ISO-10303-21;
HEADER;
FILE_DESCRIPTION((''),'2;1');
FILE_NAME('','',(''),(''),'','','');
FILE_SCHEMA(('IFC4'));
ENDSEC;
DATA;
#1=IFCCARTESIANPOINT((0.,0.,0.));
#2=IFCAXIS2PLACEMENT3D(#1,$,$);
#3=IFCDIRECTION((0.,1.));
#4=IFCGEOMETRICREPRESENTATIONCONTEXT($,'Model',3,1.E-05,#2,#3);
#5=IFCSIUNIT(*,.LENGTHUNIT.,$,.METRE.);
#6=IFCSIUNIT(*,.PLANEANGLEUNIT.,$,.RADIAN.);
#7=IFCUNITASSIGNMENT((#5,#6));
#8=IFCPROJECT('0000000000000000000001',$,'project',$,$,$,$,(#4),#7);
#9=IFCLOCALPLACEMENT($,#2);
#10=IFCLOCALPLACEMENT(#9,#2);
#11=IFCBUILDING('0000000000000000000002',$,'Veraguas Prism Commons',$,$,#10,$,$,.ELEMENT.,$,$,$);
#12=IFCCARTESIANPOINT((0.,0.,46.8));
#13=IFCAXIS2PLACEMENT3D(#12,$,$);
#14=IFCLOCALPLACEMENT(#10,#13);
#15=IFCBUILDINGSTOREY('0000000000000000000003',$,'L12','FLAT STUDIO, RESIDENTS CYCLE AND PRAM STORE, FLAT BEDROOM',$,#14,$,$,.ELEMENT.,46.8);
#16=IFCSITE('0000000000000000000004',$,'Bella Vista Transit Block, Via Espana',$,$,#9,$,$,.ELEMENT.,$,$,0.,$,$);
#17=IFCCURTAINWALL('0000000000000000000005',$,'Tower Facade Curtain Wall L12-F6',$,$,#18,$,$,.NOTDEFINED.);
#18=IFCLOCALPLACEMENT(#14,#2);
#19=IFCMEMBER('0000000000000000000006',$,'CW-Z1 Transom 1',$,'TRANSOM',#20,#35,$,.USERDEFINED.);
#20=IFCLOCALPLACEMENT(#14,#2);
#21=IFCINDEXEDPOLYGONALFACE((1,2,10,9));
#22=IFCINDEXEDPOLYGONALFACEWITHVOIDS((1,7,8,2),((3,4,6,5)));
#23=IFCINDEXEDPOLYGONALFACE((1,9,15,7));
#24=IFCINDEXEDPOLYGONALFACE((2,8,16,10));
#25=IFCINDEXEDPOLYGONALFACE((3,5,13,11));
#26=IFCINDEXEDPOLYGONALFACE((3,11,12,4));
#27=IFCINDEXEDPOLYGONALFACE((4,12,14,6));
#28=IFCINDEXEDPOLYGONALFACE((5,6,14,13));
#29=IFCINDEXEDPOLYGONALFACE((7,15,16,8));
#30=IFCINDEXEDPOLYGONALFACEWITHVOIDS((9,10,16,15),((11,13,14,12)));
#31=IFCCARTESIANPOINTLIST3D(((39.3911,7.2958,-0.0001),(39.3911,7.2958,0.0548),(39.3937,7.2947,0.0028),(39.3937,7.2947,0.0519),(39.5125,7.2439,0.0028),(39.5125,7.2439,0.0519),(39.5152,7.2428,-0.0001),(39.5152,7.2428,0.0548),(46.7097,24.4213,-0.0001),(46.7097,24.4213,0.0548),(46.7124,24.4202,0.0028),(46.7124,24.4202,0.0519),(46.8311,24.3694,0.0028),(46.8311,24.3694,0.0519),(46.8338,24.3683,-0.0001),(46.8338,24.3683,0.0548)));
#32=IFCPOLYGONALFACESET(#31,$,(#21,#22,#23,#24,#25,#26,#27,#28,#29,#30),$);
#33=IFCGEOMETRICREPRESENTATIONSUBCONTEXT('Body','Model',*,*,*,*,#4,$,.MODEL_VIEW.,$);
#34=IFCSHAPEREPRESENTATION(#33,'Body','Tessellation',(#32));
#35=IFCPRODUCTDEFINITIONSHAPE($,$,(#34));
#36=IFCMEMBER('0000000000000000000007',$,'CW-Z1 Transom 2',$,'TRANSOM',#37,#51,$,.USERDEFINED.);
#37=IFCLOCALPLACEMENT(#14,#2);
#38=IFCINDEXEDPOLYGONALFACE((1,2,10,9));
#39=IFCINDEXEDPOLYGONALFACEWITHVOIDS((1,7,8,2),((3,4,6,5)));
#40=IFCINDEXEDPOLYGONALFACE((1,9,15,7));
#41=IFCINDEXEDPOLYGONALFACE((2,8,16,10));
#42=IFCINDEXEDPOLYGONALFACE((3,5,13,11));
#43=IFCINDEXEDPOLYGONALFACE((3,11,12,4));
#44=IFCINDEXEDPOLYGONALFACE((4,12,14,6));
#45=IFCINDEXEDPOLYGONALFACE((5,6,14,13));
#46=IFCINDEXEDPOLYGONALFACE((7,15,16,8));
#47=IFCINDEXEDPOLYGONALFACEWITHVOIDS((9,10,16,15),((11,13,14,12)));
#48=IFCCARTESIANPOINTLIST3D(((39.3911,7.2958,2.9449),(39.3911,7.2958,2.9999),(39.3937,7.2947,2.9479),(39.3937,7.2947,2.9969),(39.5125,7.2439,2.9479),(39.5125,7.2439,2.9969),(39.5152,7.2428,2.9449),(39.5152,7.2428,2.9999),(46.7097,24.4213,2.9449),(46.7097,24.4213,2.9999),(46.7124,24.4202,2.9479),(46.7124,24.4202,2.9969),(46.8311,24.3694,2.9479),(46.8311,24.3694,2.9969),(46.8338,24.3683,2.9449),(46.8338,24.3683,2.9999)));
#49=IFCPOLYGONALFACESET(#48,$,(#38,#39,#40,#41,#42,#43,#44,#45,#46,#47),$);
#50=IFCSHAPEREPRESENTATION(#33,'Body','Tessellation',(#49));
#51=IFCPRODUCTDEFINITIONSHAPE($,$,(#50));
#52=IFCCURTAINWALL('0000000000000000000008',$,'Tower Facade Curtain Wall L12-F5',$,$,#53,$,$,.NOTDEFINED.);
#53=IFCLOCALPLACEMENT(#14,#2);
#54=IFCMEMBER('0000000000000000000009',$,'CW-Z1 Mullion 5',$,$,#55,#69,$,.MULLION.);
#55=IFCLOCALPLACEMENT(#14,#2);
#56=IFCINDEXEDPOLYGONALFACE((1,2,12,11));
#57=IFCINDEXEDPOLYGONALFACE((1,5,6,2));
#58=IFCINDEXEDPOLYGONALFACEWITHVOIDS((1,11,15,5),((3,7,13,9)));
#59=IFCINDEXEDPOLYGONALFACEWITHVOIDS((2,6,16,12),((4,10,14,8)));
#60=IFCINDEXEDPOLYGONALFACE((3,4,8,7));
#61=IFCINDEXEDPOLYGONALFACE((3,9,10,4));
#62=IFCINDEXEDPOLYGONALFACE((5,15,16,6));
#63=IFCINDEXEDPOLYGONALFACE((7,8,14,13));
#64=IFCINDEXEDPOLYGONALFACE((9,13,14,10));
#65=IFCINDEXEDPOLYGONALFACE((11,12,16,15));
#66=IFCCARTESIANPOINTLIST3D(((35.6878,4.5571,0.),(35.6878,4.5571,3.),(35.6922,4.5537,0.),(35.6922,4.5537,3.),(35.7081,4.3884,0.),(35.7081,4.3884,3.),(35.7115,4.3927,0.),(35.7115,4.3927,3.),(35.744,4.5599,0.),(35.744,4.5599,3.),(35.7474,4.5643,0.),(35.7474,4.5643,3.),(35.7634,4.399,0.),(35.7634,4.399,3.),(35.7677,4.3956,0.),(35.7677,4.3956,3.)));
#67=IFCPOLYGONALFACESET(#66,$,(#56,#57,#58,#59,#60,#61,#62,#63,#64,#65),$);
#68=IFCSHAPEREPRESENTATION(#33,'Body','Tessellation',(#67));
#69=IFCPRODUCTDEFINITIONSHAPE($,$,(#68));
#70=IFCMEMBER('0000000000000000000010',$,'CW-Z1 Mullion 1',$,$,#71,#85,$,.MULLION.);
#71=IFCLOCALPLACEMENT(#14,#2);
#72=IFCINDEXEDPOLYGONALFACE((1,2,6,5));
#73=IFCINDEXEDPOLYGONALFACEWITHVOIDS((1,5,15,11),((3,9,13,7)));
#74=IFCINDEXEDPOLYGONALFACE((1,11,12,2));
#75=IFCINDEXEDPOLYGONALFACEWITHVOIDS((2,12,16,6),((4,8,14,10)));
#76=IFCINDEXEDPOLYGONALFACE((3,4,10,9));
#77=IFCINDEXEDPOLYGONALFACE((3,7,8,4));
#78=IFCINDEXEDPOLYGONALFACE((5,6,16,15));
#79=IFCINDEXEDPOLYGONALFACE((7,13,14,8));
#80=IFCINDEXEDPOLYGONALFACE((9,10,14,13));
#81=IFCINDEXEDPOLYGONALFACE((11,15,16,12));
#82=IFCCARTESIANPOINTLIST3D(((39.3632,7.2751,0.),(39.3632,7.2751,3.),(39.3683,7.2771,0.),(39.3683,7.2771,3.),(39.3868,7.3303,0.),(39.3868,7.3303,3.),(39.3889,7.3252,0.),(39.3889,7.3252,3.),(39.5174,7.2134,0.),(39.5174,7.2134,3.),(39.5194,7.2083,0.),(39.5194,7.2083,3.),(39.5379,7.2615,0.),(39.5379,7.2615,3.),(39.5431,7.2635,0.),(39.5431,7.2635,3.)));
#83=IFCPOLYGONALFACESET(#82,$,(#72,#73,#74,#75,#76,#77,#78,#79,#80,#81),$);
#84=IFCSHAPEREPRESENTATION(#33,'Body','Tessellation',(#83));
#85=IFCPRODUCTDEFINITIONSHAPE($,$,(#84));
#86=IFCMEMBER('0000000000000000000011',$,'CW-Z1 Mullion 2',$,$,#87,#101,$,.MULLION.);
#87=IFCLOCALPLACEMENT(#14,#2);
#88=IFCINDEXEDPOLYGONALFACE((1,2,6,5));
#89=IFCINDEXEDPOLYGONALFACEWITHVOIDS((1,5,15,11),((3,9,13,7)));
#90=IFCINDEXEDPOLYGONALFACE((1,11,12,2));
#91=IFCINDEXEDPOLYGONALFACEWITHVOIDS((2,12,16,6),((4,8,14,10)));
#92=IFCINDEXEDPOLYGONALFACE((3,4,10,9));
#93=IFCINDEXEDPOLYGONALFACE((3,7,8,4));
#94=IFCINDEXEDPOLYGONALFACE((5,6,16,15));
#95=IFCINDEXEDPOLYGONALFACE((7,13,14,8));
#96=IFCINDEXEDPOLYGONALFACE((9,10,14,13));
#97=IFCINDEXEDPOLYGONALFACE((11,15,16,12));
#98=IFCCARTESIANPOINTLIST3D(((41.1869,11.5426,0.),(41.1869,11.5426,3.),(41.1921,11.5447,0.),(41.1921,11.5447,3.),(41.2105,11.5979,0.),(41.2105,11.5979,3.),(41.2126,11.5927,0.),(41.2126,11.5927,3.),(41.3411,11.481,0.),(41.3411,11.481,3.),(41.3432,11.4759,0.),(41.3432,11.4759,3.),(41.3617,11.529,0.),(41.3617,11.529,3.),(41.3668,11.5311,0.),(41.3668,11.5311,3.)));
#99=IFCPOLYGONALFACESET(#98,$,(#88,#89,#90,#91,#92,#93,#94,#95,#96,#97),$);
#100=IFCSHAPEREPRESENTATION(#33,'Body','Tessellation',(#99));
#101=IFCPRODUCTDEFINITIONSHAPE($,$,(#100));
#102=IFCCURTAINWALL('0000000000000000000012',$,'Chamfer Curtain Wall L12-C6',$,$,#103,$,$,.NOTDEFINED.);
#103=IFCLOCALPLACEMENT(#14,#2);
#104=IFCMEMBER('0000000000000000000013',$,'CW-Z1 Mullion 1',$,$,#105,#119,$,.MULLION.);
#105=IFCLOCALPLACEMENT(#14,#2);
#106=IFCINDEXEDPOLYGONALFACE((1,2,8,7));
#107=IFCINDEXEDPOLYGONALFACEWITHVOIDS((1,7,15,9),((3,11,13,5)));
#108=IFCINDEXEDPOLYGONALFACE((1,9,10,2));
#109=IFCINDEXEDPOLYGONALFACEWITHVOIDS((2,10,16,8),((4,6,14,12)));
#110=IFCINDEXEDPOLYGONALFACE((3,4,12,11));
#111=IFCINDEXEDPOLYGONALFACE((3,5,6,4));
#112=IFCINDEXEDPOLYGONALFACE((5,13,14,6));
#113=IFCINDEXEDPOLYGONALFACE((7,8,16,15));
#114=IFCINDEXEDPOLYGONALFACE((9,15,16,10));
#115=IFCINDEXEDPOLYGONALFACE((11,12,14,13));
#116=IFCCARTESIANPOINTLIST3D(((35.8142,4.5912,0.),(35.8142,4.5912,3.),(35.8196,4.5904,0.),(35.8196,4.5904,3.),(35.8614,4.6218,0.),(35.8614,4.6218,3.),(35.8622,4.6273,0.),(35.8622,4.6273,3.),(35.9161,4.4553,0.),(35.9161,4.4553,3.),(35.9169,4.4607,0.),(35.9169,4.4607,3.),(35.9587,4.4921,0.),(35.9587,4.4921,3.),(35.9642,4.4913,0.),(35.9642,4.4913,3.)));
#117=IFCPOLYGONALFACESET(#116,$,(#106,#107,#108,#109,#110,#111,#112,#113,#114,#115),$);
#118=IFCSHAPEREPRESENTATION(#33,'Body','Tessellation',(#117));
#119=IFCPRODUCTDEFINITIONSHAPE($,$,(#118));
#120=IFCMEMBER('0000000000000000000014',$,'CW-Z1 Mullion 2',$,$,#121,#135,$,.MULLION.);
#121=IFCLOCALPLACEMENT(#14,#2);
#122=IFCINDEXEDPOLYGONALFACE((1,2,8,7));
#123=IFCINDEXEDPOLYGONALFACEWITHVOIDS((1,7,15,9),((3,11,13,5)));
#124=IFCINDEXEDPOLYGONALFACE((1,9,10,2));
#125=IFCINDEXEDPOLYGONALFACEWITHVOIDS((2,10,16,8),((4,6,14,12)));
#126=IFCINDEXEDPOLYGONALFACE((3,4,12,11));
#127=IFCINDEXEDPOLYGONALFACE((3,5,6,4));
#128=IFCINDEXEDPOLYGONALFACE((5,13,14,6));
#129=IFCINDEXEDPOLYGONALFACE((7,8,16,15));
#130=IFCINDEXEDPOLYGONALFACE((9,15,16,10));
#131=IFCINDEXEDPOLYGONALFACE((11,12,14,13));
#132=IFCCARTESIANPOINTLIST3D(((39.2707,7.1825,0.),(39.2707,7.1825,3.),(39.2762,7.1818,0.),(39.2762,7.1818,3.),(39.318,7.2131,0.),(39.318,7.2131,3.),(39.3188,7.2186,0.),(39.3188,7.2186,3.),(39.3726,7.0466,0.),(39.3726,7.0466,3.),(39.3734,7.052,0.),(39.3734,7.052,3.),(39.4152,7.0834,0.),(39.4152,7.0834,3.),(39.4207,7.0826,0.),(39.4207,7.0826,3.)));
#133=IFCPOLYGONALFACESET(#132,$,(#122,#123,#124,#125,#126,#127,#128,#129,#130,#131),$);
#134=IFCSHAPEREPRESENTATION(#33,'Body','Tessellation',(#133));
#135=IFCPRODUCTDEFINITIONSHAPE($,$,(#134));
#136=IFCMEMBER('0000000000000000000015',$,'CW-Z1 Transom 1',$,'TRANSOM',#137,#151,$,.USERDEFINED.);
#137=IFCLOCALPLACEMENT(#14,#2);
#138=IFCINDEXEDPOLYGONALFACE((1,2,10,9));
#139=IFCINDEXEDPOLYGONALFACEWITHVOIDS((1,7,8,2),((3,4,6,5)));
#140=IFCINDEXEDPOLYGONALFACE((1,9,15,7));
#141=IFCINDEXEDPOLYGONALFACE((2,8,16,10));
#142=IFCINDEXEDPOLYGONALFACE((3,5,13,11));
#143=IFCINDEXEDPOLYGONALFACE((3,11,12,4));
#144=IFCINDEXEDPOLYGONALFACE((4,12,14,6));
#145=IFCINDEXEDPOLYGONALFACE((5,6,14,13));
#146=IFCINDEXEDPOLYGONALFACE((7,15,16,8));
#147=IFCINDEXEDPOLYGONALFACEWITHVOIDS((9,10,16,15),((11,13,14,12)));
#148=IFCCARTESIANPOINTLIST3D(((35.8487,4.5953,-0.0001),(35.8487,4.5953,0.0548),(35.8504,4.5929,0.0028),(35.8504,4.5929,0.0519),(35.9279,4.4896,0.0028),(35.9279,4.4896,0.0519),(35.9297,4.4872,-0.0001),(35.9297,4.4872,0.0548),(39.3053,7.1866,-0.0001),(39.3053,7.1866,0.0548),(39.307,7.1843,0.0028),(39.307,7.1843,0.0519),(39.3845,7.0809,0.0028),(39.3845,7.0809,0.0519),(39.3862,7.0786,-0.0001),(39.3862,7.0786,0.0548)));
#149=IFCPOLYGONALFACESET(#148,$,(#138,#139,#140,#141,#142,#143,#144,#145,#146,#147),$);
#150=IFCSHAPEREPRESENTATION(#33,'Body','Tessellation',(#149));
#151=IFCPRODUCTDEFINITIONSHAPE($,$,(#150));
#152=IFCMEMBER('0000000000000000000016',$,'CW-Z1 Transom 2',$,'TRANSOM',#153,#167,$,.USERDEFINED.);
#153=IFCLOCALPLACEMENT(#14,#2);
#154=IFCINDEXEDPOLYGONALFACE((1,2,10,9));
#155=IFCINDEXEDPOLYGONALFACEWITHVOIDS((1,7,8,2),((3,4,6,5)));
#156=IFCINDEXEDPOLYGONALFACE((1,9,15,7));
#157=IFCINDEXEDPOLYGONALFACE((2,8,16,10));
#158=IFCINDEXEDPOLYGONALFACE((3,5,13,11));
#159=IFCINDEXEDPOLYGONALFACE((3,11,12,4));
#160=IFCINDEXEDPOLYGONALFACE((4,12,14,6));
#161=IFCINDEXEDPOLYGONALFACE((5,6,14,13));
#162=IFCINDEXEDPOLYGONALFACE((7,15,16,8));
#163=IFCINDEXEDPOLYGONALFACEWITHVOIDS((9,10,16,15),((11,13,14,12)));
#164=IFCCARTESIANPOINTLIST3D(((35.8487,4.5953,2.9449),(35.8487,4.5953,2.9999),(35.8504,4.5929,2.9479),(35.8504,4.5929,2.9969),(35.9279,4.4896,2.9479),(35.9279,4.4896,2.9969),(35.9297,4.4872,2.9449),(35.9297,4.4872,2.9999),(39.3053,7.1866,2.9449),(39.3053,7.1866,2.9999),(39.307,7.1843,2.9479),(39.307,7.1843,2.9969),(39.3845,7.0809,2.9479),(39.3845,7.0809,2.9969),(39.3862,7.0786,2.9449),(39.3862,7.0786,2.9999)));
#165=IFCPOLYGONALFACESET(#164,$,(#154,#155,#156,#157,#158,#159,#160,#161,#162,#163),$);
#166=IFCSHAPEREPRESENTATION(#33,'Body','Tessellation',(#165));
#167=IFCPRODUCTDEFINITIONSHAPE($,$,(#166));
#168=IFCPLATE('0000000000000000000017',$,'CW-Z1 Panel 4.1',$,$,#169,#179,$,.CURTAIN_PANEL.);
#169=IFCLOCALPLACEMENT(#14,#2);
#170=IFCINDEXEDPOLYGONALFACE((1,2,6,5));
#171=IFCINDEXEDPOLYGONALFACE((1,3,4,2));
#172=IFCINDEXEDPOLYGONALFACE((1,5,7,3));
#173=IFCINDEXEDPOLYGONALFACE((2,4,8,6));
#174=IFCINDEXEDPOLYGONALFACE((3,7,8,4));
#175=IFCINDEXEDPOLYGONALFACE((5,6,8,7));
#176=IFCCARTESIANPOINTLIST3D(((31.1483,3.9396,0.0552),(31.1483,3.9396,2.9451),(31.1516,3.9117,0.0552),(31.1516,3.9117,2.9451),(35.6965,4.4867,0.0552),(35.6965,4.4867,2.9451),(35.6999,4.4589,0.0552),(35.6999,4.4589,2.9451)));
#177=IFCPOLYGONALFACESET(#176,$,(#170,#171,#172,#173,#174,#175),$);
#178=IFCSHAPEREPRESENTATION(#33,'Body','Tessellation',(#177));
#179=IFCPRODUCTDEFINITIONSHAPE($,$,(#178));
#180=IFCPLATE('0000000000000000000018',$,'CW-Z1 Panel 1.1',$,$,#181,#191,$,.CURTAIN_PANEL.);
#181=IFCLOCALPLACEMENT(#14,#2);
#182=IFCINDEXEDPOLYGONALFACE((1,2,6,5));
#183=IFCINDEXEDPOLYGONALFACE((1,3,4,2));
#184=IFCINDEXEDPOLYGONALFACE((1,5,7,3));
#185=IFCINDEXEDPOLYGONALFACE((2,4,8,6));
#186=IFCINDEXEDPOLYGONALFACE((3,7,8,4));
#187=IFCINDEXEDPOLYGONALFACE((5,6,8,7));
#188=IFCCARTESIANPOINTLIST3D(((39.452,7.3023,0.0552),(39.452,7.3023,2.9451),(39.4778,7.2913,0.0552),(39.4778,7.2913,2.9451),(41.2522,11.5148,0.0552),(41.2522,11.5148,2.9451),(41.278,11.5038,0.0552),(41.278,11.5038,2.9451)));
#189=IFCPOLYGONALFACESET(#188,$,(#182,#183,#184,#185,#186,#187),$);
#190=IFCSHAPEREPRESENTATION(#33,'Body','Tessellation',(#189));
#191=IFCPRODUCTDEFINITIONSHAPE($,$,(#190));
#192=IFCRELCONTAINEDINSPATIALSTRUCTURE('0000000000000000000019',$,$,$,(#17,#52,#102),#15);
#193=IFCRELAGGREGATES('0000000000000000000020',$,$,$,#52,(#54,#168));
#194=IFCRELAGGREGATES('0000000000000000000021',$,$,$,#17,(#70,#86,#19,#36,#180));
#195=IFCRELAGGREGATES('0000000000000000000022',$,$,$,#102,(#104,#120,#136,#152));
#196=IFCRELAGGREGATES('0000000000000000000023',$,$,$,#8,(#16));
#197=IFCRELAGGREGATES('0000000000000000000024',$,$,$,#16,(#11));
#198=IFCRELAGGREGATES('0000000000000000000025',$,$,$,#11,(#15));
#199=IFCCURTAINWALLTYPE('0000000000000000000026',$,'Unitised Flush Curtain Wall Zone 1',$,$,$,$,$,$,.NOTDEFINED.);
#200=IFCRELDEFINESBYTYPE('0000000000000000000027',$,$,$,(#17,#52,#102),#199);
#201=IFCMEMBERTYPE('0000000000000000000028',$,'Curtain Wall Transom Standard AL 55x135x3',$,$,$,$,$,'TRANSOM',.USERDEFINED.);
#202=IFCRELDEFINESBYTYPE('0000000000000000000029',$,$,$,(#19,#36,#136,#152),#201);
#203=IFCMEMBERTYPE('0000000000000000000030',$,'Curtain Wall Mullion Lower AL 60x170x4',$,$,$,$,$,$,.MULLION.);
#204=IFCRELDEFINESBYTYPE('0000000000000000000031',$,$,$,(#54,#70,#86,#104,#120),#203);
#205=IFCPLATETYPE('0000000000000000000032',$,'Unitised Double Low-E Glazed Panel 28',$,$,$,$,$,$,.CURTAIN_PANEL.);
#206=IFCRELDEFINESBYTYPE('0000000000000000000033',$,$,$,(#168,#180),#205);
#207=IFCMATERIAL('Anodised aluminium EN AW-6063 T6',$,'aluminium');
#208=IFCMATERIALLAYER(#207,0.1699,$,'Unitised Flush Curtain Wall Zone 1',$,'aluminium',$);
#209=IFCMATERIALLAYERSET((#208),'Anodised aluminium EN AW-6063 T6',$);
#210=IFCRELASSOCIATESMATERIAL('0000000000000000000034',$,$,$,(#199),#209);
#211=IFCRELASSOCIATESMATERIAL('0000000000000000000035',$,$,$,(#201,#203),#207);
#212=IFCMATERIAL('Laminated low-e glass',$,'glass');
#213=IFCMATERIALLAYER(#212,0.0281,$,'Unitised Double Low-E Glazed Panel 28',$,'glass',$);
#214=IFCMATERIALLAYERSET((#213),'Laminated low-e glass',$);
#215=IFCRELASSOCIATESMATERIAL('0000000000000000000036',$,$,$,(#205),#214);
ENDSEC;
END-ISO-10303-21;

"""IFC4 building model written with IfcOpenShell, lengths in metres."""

from ifc_helpers import new_model, si_unit, direction, frame, origin, origin_2d, place, context, subcontext, project, spatial, rectangle, hollow_rectangle, extrude, source, transform, mapped, material, layer, layer_set, material_profile, profile_set, type_object, element, aggregate, save


model = new_model("IFC4")

# Units and contexts
model_context = context("Model", 3, precision=1e-05, world=origin(), true_north=direction((0.0, 1.0)))
body_context = subcontext(model_context, "Body", "Model", "MODEL_VIEW")
ifc_project = project(units=[si_unit("LENGTHUNIT", "METRE"), si_unit("PLANEANGLEUNIT", "RADIAN")], contexts=[model_context])

# Site, building, storey
site_placement = place(None, origin())
site = spatial("IfcSite", under=ifc_project, at=site_placement, Name="Bella Vista Transit Block, Via Espana", CompositionType="ELEMENT", RefElevation=0.0)
building_placement = place(site_placement, origin())
building = spatial("IfcBuilding", under=site, at=building_placement, Name="Veraguas Prism Commons", CompositionType="ELEMENT")
storey_placement = place(building_placement, frame((0.0, 0.0, 46.8)))
storey = spatial("IfcBuildingStorey", under=building, at=storey_placement, Name="L12", Description="FLAT STUDIO, RESIDENTS CYCLE AND PRAM STORE, FLAT BEDROOM", CompositionType="ELEMENT", Elevation=46.8)

# Curtain wall, members
ifc_material_1 = material(Name="Anodised aluminium EN AW-6063 T6", Category="aluminium")
ifc_layer_1 = layer(ifc_material_1, 0.1699, Name="Unitised Flush Curtain Wall Zone 1", Category="aluminium")
ifc_layer_set_1 = layer_set([ifc_layer_1], Name="Anodised aluminium EN AW-6063 T6")
curtain_wall_type = type_object("IfcCurtainWallType", Name="Unitised Flush Curtain Wall Zone 1", PredefinedType="NOTDEFINED", material=ifc_layer_set_1)
curtain_wall_1_placement = place(storey_placement, origin())
curtain_wall_1 = element("IfcCurtainWall", 1, at=curtain_wall_1_placement, inside=storey, type_object=curtain_wall_type, Name="Tower Facade Curtain Wall L12-F6", PredefinedType="NOTDEFINED")
ifc_material_profile_1 = material_profile(ifc_material_1, hollow_rectangle(XDim=0.0549, YDim=0.135, WallThickness=0.0029, at=origin_2d()), Name="AL55X135X3")
ifc_profile_set_1 = profile_set([ifc_material_profile_1], Name="Anodised aluminium EN AW-6063 T6")
member_type_1 = type_object("IfcMemberType", Name="Curtain Wall Transom Standard AL 55x135x3", ElementType="TRANSOM", PredefinedType="USERDEFINED", material=ifc_profile_set_1)
shared_shape_1 = source(origin(), body_context, "Body", "SweptSolid", [
    extrude(hollow_rectangle(XDim=0.0549, YDim=0.135, WallThickness=0.0029, at=origin_2d()), origin(), (0.0, 0.0, 1.0), 18.6238),
])
member_1_placement = place(storey_placement, frame((39.4531, 7.2693, 0.0273), z_axis=(0.392971, 0.919551, 0.0), x_axis=(0.0, 0.0, 1.0)))
member_1 = element("IfcMember", 2, at=member_1_placement, type_object=member_type_1, Name="CW-Z1 Transom 1", ObjectType="TRANSOM", PredefinedType="USERDEFINED", context=body_context, shape_type="MappedRepresentation", body=[
    mapped(shared_shape_1, transform((0.0, 0.0, 0.0), scale=1.0)),
])
member_2_placement = place(storey_placement, frame((39.4531, 7.2693, 2.9724), z_axis=(0.392971, 0.919551, 0.0), x_axis=(0.0, 0.0, 1.0)))
member_2 = element("IfcMember", 3, at=member_2_placement, type_object=member_type_1, Name="CW-Z1 Transom 2", ObjectType="TRANSOM", PredefinedType="USERDEFINED", context=body_context, shape_type="MappedRepresentation", body=[
    mapped(shared_shape_1, transform((0.0, 0.0, 0.0), scale=1.0)),
])

# Curtain wall, member
curtain_wall_2_placement = place(storey_placement, origin())
curtain_wall_2 = element("IfcCurtainWall", 4, at=curtain_wall_2_placement, inside=storey, type_object=curtain_wall_type, Name="Tower Facade Curtain Wall L12-F5", PredefinedType="NOTDEFINED")
ifc_material_profile_2 = material_profile(ifc_material_1, hollow_rectangle(XDim=0.0601, YDim=0.1699, WallThickness=0.0039, at=origin_2d()), Name="AL60X170X4")
ifc_profile_set_2 = profile_set([ifc_material_profile_2], Name="Anodised aluminium EN AW-6063 T6")
member_type_2 = type_object("IfcMemberType", Name="Curtain Wall Mullion Lower AL 60x170x4", PredefinedType="MULLION", material=ifc_profile_set_2)
shared_shape_2 = source(origin(), body_context, "Body", "SweptSolid", [
    extrude(hollow_rectangle(XDim=0.0601, YDim=0.1699, WallThickness=0.0039, at=origin_2d()), origin(), (0.0, 0.0, 1.0), 3.0),
])
member_3_placement = place(storey_placement, frame((35.7278, 4.4763, 0.0), z_axis=(0.0, 0.0, 1.0), x_axis=(0.992841, 0.11944, 0.0)))
member_3 = element("IfcMember", 5, at=member_3_placement, type_object=member_type_2, Name="CW-Z1 Mullion 5", PredefinedType="MULLION", context=body_context, shape_type="MappedRepresentation", body=[
    mapped(shared_shape_2, transform((0.0, 0.0, 0.0), scale=1.0)),
])

# Members
member_4_placement = place(storey_placement, frame((39.4531, 7.2693, 0.0), z_axis=(0.0, 0.0, 1.0), x_axis=(0.392978, 0.919548, 0.0)))
member_4 = element("IfcMember", 6, at=member_4_placement, type_object=member_type_2, Name="CW-Z1 Mullion 1", PredefinedType="MULLION", context=body_context, shape_type="MappedRepresentation", body=[
    mapped(shared_shape_2, transform((0.0, 0.0, 0.0), scale=1.0)),
])
member_5_placement = place(storey_placement, frame((41.2769, 11.5369, 0.0), z_axis=(0.0, 0.0, 1.0), x_axis=(0.392978, 0.919548, 0.0)))
member_5 = element("IfcMember", 7, at=member_5_placement, type_object=member_type_2, Name="CW-Z1 Mullion 2", PredefinedType="MULLION", context=body_context, shape_type="MappedRepresentation", body=[
    mapped(shared_shape_2, transform((0.0, 0.0, 0.0), scale=1.0)),
])

# Curtain wall, members
curtain_wall_3_placement = place(storey_placement, origin())
curtain_wall_3 = element("IfcCurtainWall", 8, at=curtain_wall_3_placement, inside=storey, type_object=curtain_wall_type, Name="Chamfer Curtain Wall L12-C6", PredefinedType="NOTDEFINED")
member_6_placement = place(storey_placement, frame((35.8892, 4.5413, 0.0), z_axis=(0.0, 0.0, 1.0), x_axis=(0.800107, 0.599858, 0.0)))
member_6 = element("IfcMember", 9, at=member_6_placement, type_object=member_type_2, Name="CW-Z1 Mullion 1", PredefinedType="MULLION", context=body_context, shape_type="MappedRepresentation", body=[
    mapped(shared_shape_2, transform((0.0, 0.0, 0.0), scale=1.0)),
])
member_7_placement = place(storey_placement, frame((39.3457, 7.1326, 0.0), z_axis=(0.0, 0.0, 1.0), x_axis=(0.800107, 0.599858, 0.0)))
member_7 = element("IfcMember", 10, at=member_7_placement, type_object=member_type_2, Name="CW-Z1 Mullion 2", PredefinedType="MULLION", context=body_context, shape_type="MappedRepresentation", body=[
    mapped(shared_shape_2, transform((0.0, 0.0, 0.0), scale=1.0)),
])
shared_shape_3 = source(origin(), body_context, "Body", "SweptSolid", [
    extrude(hollow_rectangle(XDim=0.0549, YDim=0.135, WallThickness=0.0029, at=origin_2d()), origin(), (0.0, 0.0, 1.0), 4.3201),
])
member_8_placement = place(storey_placement, frame((35.8892, 4.5413, 0.0273), z_axis=(0.800122, 0.599837, 0.0), x_axis=(0.0, 0.0, 1.0)))
member_8 = element("IfcMember", 11, at=member_8_placement, type_object=member_type_1, Name="CW-Z1 Transom 1", ObjectType="TRANSOM", PredefinedType="USERDEFINED", context=body_context, shape_type="MappedRepresentation", body=[
    mapped(shared_shape_3, transform((0.0, 0.0, 0.0), scale=1.0)),
])
member_9_placement = place(storey_placement, frame((35.8892, 4.5413, 2.9724), z_axis=(0.800122, 0.599837, 0.0), x_axis=(0.0, 0.0, 1.0)))
member_9 = element("IfcMember", 12, at=member_9_placement, type_object=member_type_1, Name="CW-Z1 Transom 2", ObjectType="TRANSOM", PredefinedType="USERDEFINED", context=body_context, shape_type="MappedRepresentation", body=[
    mapped(shared_shape_3, transform((0.0, 0.0, 0.0), scale=1.0)),
])

# Plates
ifc_material_2 = material(Name="Laminated low-e glass", Category="glass")
ifc_layer_2 = layer(ifc_material_2, 0.0281, Name="Unitised Double Low-E Glazed Panel 28", Category="glass")
ifc_layer_set_2 = layer_set([ifc_layer_2], Name="Laminated low-e glass")
plate_type = type_object("IfcPlateType", Name="Unitised Double Low-E Glazed Panel 28", PredefinedType="CURTAIN_PANEL", material=ifc_layer_set_2)
shared_shape_4 = source(origin(), body_context, "Body", "SweptSolid", [
    extrude(rectangle(XDim=4.5811, YDim=0.0281, at=origin_2d()), origin(), (0.0, 0.0, 1.0), 2.8899),
])
plate_1_placement = place(storey_placement, frame((33.4241, 4.1992, 0.0552), z_axis=(0.0, 0.0, 1.0), x_axis=(0.992841, 0.11944, 0.0)))
plate_1 = element("IfcPlate", 13, at=plate_1_placement, type_object=plate_type, Name="CW-Z1 Panel 4.1", PredefinedType="CURTAIN_PANEL", context=body_context, shape_type="MappedRepresentation", body=[
    mapped(shared_shape_4, transform((0.0, 0.0, 0.0), scale=1.0)),
])
aggregate(curtain_wall_2, [member_3, plate_1])
plate_2_placement = place(storey_placement, frame((40.365, 9.4031, 0.0552), z_axis=(0.0, 0.0, 1.0), x_axis=(0.392978, 0.919548, 0.0)))
plate_2 = element("IfcPlate", 14, at=plate_2_placement, type_object=plate_type, Name="CW-Z1 Panel 1.1", PredefinedType="CURTAIN_PANEL", context=body_context, shape_type="MappedRepresentation", body=[
    mapped(shared_shape_4, transform((0.0, 0.0, 0.0), scale=1.0)),
])
aggregate(curtain_wall_1, [member_4, member_5, member_1, member_2, plate_2])
aggregate(curtain_wall_3, [member_6, member_7, member_8, member_9])

save(model, "model.ifc")
